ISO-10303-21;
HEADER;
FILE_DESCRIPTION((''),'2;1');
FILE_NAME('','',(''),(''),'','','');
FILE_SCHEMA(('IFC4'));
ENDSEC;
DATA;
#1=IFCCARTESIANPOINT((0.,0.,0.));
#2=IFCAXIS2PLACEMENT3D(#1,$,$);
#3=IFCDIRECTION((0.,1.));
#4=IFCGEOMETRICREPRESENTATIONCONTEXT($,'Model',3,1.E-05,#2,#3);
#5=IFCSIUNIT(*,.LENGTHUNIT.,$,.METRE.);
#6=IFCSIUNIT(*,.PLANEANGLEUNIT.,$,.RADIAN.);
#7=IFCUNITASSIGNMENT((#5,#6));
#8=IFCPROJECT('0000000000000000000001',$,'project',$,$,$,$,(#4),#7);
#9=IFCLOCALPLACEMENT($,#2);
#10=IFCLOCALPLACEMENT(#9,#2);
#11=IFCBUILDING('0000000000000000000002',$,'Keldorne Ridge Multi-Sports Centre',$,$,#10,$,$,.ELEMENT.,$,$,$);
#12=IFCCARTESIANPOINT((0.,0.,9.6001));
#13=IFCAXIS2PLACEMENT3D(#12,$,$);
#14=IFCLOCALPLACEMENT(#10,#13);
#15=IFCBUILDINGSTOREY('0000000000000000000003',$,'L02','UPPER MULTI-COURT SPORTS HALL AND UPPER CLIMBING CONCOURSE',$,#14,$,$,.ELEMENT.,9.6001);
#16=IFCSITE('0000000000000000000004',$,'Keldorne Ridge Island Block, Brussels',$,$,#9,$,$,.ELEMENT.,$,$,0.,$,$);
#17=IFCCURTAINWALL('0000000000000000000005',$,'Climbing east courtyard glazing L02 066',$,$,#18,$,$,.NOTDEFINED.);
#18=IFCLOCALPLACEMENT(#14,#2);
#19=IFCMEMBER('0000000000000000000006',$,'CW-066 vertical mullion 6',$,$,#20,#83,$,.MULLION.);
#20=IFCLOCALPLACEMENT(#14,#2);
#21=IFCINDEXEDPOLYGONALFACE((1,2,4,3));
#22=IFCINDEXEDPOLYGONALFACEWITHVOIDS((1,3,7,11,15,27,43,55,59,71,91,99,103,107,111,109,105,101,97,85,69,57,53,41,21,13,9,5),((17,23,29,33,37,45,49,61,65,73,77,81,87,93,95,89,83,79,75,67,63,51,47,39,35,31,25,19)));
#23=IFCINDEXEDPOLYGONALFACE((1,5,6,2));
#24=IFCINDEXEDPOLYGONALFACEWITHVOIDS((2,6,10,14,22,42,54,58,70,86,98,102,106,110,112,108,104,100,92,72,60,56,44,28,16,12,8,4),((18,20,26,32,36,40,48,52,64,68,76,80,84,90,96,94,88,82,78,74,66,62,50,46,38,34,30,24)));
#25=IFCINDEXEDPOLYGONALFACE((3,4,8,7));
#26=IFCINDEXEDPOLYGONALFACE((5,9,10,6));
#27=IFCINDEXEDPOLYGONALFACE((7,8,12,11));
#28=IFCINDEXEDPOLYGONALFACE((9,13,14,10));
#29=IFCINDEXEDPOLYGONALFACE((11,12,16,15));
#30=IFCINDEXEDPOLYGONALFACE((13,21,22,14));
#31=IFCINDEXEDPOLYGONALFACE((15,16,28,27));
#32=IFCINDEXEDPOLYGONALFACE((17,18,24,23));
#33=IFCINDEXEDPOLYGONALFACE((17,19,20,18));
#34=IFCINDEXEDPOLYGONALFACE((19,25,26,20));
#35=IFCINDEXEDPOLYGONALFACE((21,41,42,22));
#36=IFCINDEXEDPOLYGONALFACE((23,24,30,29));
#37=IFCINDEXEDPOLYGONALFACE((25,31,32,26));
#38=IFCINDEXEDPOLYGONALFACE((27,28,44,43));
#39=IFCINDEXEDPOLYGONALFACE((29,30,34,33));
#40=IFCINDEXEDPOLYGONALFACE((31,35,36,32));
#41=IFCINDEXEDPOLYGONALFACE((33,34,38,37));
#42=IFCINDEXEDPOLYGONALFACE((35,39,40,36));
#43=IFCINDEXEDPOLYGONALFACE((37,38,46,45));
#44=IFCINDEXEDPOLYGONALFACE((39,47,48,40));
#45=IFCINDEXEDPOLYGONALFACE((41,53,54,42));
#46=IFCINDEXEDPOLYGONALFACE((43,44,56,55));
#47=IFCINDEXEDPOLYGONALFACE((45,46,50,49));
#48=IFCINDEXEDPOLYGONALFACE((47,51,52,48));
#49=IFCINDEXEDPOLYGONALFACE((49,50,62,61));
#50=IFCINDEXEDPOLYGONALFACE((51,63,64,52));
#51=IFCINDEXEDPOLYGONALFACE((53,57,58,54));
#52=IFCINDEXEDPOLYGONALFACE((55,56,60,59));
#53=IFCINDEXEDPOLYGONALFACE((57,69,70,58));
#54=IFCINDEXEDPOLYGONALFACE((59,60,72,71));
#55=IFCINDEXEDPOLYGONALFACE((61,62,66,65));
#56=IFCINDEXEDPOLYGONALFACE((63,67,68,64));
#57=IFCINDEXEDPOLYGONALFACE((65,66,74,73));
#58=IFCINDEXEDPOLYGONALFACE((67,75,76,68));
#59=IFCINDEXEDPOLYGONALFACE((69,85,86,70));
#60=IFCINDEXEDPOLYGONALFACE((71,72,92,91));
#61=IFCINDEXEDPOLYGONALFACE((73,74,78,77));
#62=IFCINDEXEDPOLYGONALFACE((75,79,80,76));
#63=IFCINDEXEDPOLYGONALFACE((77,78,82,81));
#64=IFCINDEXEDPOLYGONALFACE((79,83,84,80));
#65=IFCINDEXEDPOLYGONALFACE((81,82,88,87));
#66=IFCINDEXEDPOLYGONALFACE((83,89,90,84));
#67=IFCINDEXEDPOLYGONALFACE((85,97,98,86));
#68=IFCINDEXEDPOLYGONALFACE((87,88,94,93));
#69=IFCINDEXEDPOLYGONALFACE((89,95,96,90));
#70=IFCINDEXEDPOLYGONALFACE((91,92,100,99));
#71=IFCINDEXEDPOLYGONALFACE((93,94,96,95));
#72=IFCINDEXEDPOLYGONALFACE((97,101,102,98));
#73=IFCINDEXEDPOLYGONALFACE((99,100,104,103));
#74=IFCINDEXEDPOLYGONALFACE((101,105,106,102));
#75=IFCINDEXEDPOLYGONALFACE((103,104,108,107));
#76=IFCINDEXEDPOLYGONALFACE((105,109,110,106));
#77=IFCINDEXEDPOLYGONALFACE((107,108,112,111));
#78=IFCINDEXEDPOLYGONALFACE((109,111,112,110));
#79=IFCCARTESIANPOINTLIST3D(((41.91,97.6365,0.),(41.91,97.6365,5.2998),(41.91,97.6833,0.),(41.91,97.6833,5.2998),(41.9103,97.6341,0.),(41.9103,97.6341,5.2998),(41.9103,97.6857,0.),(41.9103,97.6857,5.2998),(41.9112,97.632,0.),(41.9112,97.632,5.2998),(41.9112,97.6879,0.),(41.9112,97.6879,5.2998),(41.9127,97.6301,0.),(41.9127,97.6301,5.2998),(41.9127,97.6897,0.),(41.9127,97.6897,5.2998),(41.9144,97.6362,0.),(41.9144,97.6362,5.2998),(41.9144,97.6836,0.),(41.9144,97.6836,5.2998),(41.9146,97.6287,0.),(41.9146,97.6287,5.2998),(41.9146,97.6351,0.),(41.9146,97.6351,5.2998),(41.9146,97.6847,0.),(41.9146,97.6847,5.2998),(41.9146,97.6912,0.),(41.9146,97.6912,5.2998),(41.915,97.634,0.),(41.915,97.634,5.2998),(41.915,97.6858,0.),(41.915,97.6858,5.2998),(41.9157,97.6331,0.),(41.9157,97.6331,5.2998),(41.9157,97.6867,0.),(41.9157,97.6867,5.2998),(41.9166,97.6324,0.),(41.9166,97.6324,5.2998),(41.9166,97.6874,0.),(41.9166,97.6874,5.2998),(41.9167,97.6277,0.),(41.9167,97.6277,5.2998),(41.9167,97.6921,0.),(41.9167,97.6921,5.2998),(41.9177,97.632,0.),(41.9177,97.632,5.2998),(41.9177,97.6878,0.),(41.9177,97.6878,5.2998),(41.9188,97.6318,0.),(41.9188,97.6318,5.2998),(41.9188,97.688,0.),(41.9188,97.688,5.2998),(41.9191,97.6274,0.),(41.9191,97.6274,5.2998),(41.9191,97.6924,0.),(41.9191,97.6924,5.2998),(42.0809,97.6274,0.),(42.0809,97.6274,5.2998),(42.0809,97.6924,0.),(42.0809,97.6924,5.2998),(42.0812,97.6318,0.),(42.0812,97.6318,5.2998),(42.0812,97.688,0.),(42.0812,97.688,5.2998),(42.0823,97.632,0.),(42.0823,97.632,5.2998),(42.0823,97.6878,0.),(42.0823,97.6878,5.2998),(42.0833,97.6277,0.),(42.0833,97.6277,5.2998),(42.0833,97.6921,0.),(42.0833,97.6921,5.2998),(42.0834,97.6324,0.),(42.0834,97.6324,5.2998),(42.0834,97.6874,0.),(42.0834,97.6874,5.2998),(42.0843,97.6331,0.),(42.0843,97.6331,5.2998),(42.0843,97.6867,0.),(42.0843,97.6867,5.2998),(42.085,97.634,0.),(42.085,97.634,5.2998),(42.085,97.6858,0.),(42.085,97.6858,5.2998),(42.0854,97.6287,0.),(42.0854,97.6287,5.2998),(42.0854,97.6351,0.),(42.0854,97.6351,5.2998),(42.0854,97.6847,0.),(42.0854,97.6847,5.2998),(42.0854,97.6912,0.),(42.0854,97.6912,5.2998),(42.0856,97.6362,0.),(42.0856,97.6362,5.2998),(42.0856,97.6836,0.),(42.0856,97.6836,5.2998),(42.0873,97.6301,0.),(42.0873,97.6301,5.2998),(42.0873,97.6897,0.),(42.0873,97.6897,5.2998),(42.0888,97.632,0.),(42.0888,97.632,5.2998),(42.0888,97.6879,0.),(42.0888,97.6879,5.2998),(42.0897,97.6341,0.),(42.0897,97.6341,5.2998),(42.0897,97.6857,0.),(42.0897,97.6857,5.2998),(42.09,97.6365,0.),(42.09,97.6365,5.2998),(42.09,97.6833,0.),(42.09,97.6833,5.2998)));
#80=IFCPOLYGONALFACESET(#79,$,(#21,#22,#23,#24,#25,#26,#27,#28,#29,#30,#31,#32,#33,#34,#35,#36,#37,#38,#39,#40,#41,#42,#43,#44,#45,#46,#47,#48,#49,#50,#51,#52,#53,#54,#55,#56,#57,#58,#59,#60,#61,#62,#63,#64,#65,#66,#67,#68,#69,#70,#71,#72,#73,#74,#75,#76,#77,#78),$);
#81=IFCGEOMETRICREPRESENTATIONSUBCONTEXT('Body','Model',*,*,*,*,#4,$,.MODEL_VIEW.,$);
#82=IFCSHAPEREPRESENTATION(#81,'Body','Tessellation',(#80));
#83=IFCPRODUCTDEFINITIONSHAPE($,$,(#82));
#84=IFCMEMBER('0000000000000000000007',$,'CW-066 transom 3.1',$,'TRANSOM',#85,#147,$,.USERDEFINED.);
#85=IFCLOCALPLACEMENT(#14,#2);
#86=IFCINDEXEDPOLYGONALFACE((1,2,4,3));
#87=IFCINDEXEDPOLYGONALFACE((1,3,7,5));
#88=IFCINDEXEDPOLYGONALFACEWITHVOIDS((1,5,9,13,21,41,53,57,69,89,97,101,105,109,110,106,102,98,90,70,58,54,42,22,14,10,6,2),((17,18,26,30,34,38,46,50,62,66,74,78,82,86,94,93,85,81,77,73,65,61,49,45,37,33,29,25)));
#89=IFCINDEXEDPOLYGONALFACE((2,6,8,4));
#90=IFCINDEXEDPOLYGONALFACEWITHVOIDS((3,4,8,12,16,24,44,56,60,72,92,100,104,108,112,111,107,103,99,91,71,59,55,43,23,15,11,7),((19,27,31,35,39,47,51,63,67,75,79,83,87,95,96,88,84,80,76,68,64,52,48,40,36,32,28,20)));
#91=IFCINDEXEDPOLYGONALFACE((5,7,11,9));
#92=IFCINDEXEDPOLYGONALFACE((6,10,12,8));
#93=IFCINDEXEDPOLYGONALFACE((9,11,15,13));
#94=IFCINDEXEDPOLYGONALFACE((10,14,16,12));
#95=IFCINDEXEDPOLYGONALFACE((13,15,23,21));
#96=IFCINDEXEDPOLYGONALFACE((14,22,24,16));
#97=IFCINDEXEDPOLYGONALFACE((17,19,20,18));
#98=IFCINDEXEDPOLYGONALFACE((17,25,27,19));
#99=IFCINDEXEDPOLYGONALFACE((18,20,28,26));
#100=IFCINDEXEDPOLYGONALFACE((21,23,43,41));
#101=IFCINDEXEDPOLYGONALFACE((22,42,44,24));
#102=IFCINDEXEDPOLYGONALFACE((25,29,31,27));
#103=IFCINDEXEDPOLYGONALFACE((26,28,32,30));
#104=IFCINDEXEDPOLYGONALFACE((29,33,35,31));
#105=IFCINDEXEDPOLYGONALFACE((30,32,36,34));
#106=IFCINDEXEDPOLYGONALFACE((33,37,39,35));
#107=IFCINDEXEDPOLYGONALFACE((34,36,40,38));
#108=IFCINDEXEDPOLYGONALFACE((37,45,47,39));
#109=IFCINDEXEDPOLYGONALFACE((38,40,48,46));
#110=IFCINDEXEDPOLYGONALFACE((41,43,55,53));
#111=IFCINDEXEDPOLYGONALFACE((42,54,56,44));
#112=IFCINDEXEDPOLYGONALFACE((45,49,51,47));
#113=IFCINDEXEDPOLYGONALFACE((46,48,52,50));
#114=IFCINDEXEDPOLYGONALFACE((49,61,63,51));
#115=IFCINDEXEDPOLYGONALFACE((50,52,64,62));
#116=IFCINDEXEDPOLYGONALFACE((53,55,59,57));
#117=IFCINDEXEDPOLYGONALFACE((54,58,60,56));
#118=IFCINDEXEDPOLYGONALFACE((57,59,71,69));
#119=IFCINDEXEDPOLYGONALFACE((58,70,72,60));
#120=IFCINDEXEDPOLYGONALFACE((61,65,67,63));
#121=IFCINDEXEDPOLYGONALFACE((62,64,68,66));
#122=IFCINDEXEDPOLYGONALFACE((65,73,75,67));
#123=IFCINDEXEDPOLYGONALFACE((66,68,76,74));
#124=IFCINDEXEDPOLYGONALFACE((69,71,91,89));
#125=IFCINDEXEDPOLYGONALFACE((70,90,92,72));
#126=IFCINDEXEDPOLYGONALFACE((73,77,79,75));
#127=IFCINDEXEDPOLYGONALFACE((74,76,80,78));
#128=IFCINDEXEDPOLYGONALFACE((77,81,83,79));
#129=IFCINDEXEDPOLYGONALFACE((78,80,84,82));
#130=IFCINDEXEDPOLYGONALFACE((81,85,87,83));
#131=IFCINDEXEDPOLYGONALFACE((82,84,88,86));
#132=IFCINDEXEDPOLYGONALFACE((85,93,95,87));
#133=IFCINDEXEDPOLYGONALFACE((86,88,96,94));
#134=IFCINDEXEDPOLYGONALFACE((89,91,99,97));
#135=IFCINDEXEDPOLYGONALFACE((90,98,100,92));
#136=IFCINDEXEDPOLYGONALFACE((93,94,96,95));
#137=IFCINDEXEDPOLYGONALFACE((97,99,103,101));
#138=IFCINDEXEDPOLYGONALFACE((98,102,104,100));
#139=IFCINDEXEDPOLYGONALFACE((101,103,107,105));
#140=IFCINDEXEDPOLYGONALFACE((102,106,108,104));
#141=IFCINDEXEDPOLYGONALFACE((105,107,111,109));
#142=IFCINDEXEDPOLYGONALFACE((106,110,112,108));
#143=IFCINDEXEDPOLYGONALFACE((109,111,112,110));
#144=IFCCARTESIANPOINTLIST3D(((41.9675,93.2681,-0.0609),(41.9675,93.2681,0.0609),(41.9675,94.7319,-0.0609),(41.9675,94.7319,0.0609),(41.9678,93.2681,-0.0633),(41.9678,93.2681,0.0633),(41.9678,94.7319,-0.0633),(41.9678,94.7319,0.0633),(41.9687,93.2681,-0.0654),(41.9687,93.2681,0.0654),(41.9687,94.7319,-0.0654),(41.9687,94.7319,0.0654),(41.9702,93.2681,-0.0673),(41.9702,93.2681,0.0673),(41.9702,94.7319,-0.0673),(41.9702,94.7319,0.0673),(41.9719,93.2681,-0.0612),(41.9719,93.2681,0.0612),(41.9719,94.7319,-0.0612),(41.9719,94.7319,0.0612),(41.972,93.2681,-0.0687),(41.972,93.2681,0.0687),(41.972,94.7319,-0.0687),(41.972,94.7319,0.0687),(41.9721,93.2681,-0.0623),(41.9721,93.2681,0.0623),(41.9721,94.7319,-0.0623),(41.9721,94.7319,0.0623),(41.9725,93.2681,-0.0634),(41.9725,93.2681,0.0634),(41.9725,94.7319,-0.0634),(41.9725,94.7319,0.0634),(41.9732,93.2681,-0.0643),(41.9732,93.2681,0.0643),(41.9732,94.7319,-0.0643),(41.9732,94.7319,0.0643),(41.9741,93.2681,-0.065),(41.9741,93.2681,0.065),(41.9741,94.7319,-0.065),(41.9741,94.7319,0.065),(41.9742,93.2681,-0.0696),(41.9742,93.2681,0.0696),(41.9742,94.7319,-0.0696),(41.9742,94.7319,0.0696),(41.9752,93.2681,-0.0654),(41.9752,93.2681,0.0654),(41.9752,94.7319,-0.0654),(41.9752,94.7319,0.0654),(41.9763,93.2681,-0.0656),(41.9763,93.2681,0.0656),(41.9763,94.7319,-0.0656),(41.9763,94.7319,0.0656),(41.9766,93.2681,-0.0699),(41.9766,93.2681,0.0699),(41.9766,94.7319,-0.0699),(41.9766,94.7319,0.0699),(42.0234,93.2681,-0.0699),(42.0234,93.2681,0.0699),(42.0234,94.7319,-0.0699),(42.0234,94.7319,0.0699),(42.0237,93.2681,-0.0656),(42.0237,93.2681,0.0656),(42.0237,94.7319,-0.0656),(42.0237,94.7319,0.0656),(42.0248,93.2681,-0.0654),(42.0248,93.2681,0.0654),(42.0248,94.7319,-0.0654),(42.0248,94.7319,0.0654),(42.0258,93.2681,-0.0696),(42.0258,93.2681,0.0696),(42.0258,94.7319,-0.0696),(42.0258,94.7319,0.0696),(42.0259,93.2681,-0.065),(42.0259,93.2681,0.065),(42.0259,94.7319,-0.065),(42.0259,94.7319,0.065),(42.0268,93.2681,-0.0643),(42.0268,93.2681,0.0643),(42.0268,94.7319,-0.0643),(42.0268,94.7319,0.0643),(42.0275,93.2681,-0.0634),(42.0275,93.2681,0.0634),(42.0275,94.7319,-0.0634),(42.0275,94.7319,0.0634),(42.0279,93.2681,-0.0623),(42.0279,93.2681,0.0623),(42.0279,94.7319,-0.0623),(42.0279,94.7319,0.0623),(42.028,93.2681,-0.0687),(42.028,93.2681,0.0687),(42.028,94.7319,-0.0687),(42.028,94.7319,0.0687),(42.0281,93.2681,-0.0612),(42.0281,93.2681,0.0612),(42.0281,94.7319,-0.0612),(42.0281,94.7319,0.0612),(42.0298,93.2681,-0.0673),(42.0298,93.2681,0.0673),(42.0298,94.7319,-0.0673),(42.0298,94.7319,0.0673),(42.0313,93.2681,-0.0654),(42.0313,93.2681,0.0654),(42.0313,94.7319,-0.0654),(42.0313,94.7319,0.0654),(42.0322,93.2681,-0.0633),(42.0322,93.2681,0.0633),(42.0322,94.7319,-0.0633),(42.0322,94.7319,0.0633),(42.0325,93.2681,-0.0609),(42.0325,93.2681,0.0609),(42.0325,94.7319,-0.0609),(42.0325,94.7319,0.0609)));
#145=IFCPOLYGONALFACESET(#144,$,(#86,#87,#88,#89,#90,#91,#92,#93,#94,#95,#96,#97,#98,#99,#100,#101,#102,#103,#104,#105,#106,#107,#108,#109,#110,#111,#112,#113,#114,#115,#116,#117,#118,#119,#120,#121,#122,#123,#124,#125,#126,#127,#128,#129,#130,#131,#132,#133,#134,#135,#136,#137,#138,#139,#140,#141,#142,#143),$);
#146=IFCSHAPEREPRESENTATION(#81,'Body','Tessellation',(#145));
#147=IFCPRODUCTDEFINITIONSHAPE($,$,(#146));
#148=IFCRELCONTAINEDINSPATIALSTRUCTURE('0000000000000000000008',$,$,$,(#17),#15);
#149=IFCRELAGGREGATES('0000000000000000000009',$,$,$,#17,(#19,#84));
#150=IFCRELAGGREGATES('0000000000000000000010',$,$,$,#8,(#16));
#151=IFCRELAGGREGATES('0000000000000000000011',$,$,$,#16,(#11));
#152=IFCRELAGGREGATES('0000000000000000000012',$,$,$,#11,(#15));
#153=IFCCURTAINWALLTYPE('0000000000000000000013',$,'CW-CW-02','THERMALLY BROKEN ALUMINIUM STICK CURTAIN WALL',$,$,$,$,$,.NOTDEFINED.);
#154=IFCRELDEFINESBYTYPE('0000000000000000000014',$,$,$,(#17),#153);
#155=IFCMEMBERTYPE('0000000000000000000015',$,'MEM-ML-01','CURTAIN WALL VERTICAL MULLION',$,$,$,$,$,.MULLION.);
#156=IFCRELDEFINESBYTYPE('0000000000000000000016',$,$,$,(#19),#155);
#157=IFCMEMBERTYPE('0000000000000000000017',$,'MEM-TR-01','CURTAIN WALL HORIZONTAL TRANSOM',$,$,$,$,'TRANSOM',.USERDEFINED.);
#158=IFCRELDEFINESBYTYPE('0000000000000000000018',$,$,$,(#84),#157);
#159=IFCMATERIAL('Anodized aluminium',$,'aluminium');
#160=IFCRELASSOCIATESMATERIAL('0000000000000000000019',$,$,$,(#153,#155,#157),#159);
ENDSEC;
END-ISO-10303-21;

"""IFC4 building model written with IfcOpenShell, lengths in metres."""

from ifc_helpers import new_model, si_unit, direction, frame, origin, origin_2d, place, context, subcontext, project, spatial, hollow_rectangle, extrude, material, material_profile, profile_set, type_object, element, aggregate, save


model = new_model("IFC4")

# Units and contexts
model_context = context("Model", 3, precision=1e-05, world=origin(), true_north=direction((0.0, 1.0)))
body_context = subcontext(model_context, "Body", "Model", "MODEL_VIEW")
ifc_project = project(units=[si_unit("LENGTHUNIT", "METRE"), si_unit("PLANEANGLEUNIT", "RADIAN")], contexts=[model_context])

# Site, building, storey
site_placement = place(None, origin())
site = spatial("IfcSite", under=ifc_project, at=site_placement, Name="Keldorne Ridge Island Block, Brussels", CompositionType="ELEMENT", RefElevation=0.0)
building_placement = place(site_placement, origin())
building = spatial("IfcBuilding", under=site, at=building_placement, Name="Keldorne Ridge Multi-Sports Centre", CompositionType="ELEMENT")
storey_placement = place(building_placement, frame((0.0, 0.0, 9.6001)))
storey = spatial("IfcBuildingStorey", under=building, at=storey_placement, Name="L02", Description="UPPER MULTI-COURT SPORTS HALL AND UPPER CLIMBING CONCOURSE", CompositionType="ELEMENT", Elevation=9.6001)

# Curtain wall, members
ifc_material_1 = material(Name="Anodized aluminium", Category="aluminium")
curtain_wall_type = type_object("IfcCurtainWallType", Name="CW-CW-02", Description="THERMALLY BROKEN ALUMINIUM STICK CURTAIN WALL", PredefinedType="NOTDEFINED", material=ifc_material_1)
curtain_wall_placement = place(storey_placement, origin())
curtain_wall = element("IfcCurtainWall", 1, at=curtain_wall_placement, inside=storey, type_object=curtain_wall_type, Name="Climbing east courtyard glazing L02 066", PredefinedType="NOTDEFINED")
ifc_material_profile_1 = material_profile(ifc_material_1, hollow_rectangle(XDim=0.0649, YDim=0.1799, WallThickness=0.0044, InnerFilletRadius=0.0044, OuterFilletRadius=0.009, at=origin_2d()), Name="ALU MULLION 180x65x4.5")
ifc_profile_set_1 = profile_set([ifc_material_profile_1], Name="Anodized aluminium")
member_type_1 = type_object("IfcMemberType", Name="MEM-ML-01", Description="CURTAIN WALL VERTICAL MULLION", PredefinedType="MULLION", material=ifc_profile_set_1)
member_1_placement = place(storey_placement, frame((42.0, 97.6599, 0.0), z_axis=(0.0, 0.0, 1.0), x_axis=(0.0, 1.0, 0.0)))
member_1 = element("IfcMember", 2, at=member_1_placement, type_object=member_type_1, Name="CW-066 vertical mullion 6", PredefinedType="MULLION", context=body_context, shape_type="SweptSolid", body=[
    extrude(hollow_rectangle(XDim=0.0649, YDim=0.1799, WallThickness=0.0044, InnerFilletRadius=0.0044, OuterFilletRadius=0.009, at=origin_2d()), origin(), (0.0, 0.0, 1.0), 5.2998),
])
ifc_material_profile_2 = material_profile(ifc_material_1, hollow_rectangle(XDim=0.0649, YDim=0.1399, WallThickness=0.0044, InnerFilletRadius=0.0044, OuterFilletRadius=0.009, at=origin_2d()), Name="ALU TRANSOM 140x65x4.5")
ifc_profile_set_2 = profile_set([ifc_material_profile_2], Name="Anodized aluminium")
member_type_2 = type_object("IfcMemberType", Name="MEM-TR-01", Description="CURTAIN WALL HORIZONTAL TRANSOM", ElementType="TRANSOM", PredefinedType="USERDEFINED", material=ifc_profile_set_2)
member_2_placement = place(storey_placement, frame((42.0, 93.2681, 0.0), z_axis=(0.0, 1.0, 0.0), x_axis=(-1.0, 0.0, 0.0)))
member_2 = element("IfcMember", 3, at=member_2_placement, type_object=member_type_2, Name="CW-066 transom 3.1", ObjectType="TRANSOM", PredefinedType="USERDEFINED", context=body_context, shape_type="SweptSolid", body=[
    extrude(hollow_rectangle(XDim=0.0649, YDim=0.1399, WallThickness=0.0044, InnerFilletRadius=0.0044, OuterFilletRadius=0.009, at=origin_2d()), origin(), (0.0, 0.0, 1.0), 1.4639),
])
aggregate(curtain_wall, [member_1, member_2])

save(model, "model.ifc")
